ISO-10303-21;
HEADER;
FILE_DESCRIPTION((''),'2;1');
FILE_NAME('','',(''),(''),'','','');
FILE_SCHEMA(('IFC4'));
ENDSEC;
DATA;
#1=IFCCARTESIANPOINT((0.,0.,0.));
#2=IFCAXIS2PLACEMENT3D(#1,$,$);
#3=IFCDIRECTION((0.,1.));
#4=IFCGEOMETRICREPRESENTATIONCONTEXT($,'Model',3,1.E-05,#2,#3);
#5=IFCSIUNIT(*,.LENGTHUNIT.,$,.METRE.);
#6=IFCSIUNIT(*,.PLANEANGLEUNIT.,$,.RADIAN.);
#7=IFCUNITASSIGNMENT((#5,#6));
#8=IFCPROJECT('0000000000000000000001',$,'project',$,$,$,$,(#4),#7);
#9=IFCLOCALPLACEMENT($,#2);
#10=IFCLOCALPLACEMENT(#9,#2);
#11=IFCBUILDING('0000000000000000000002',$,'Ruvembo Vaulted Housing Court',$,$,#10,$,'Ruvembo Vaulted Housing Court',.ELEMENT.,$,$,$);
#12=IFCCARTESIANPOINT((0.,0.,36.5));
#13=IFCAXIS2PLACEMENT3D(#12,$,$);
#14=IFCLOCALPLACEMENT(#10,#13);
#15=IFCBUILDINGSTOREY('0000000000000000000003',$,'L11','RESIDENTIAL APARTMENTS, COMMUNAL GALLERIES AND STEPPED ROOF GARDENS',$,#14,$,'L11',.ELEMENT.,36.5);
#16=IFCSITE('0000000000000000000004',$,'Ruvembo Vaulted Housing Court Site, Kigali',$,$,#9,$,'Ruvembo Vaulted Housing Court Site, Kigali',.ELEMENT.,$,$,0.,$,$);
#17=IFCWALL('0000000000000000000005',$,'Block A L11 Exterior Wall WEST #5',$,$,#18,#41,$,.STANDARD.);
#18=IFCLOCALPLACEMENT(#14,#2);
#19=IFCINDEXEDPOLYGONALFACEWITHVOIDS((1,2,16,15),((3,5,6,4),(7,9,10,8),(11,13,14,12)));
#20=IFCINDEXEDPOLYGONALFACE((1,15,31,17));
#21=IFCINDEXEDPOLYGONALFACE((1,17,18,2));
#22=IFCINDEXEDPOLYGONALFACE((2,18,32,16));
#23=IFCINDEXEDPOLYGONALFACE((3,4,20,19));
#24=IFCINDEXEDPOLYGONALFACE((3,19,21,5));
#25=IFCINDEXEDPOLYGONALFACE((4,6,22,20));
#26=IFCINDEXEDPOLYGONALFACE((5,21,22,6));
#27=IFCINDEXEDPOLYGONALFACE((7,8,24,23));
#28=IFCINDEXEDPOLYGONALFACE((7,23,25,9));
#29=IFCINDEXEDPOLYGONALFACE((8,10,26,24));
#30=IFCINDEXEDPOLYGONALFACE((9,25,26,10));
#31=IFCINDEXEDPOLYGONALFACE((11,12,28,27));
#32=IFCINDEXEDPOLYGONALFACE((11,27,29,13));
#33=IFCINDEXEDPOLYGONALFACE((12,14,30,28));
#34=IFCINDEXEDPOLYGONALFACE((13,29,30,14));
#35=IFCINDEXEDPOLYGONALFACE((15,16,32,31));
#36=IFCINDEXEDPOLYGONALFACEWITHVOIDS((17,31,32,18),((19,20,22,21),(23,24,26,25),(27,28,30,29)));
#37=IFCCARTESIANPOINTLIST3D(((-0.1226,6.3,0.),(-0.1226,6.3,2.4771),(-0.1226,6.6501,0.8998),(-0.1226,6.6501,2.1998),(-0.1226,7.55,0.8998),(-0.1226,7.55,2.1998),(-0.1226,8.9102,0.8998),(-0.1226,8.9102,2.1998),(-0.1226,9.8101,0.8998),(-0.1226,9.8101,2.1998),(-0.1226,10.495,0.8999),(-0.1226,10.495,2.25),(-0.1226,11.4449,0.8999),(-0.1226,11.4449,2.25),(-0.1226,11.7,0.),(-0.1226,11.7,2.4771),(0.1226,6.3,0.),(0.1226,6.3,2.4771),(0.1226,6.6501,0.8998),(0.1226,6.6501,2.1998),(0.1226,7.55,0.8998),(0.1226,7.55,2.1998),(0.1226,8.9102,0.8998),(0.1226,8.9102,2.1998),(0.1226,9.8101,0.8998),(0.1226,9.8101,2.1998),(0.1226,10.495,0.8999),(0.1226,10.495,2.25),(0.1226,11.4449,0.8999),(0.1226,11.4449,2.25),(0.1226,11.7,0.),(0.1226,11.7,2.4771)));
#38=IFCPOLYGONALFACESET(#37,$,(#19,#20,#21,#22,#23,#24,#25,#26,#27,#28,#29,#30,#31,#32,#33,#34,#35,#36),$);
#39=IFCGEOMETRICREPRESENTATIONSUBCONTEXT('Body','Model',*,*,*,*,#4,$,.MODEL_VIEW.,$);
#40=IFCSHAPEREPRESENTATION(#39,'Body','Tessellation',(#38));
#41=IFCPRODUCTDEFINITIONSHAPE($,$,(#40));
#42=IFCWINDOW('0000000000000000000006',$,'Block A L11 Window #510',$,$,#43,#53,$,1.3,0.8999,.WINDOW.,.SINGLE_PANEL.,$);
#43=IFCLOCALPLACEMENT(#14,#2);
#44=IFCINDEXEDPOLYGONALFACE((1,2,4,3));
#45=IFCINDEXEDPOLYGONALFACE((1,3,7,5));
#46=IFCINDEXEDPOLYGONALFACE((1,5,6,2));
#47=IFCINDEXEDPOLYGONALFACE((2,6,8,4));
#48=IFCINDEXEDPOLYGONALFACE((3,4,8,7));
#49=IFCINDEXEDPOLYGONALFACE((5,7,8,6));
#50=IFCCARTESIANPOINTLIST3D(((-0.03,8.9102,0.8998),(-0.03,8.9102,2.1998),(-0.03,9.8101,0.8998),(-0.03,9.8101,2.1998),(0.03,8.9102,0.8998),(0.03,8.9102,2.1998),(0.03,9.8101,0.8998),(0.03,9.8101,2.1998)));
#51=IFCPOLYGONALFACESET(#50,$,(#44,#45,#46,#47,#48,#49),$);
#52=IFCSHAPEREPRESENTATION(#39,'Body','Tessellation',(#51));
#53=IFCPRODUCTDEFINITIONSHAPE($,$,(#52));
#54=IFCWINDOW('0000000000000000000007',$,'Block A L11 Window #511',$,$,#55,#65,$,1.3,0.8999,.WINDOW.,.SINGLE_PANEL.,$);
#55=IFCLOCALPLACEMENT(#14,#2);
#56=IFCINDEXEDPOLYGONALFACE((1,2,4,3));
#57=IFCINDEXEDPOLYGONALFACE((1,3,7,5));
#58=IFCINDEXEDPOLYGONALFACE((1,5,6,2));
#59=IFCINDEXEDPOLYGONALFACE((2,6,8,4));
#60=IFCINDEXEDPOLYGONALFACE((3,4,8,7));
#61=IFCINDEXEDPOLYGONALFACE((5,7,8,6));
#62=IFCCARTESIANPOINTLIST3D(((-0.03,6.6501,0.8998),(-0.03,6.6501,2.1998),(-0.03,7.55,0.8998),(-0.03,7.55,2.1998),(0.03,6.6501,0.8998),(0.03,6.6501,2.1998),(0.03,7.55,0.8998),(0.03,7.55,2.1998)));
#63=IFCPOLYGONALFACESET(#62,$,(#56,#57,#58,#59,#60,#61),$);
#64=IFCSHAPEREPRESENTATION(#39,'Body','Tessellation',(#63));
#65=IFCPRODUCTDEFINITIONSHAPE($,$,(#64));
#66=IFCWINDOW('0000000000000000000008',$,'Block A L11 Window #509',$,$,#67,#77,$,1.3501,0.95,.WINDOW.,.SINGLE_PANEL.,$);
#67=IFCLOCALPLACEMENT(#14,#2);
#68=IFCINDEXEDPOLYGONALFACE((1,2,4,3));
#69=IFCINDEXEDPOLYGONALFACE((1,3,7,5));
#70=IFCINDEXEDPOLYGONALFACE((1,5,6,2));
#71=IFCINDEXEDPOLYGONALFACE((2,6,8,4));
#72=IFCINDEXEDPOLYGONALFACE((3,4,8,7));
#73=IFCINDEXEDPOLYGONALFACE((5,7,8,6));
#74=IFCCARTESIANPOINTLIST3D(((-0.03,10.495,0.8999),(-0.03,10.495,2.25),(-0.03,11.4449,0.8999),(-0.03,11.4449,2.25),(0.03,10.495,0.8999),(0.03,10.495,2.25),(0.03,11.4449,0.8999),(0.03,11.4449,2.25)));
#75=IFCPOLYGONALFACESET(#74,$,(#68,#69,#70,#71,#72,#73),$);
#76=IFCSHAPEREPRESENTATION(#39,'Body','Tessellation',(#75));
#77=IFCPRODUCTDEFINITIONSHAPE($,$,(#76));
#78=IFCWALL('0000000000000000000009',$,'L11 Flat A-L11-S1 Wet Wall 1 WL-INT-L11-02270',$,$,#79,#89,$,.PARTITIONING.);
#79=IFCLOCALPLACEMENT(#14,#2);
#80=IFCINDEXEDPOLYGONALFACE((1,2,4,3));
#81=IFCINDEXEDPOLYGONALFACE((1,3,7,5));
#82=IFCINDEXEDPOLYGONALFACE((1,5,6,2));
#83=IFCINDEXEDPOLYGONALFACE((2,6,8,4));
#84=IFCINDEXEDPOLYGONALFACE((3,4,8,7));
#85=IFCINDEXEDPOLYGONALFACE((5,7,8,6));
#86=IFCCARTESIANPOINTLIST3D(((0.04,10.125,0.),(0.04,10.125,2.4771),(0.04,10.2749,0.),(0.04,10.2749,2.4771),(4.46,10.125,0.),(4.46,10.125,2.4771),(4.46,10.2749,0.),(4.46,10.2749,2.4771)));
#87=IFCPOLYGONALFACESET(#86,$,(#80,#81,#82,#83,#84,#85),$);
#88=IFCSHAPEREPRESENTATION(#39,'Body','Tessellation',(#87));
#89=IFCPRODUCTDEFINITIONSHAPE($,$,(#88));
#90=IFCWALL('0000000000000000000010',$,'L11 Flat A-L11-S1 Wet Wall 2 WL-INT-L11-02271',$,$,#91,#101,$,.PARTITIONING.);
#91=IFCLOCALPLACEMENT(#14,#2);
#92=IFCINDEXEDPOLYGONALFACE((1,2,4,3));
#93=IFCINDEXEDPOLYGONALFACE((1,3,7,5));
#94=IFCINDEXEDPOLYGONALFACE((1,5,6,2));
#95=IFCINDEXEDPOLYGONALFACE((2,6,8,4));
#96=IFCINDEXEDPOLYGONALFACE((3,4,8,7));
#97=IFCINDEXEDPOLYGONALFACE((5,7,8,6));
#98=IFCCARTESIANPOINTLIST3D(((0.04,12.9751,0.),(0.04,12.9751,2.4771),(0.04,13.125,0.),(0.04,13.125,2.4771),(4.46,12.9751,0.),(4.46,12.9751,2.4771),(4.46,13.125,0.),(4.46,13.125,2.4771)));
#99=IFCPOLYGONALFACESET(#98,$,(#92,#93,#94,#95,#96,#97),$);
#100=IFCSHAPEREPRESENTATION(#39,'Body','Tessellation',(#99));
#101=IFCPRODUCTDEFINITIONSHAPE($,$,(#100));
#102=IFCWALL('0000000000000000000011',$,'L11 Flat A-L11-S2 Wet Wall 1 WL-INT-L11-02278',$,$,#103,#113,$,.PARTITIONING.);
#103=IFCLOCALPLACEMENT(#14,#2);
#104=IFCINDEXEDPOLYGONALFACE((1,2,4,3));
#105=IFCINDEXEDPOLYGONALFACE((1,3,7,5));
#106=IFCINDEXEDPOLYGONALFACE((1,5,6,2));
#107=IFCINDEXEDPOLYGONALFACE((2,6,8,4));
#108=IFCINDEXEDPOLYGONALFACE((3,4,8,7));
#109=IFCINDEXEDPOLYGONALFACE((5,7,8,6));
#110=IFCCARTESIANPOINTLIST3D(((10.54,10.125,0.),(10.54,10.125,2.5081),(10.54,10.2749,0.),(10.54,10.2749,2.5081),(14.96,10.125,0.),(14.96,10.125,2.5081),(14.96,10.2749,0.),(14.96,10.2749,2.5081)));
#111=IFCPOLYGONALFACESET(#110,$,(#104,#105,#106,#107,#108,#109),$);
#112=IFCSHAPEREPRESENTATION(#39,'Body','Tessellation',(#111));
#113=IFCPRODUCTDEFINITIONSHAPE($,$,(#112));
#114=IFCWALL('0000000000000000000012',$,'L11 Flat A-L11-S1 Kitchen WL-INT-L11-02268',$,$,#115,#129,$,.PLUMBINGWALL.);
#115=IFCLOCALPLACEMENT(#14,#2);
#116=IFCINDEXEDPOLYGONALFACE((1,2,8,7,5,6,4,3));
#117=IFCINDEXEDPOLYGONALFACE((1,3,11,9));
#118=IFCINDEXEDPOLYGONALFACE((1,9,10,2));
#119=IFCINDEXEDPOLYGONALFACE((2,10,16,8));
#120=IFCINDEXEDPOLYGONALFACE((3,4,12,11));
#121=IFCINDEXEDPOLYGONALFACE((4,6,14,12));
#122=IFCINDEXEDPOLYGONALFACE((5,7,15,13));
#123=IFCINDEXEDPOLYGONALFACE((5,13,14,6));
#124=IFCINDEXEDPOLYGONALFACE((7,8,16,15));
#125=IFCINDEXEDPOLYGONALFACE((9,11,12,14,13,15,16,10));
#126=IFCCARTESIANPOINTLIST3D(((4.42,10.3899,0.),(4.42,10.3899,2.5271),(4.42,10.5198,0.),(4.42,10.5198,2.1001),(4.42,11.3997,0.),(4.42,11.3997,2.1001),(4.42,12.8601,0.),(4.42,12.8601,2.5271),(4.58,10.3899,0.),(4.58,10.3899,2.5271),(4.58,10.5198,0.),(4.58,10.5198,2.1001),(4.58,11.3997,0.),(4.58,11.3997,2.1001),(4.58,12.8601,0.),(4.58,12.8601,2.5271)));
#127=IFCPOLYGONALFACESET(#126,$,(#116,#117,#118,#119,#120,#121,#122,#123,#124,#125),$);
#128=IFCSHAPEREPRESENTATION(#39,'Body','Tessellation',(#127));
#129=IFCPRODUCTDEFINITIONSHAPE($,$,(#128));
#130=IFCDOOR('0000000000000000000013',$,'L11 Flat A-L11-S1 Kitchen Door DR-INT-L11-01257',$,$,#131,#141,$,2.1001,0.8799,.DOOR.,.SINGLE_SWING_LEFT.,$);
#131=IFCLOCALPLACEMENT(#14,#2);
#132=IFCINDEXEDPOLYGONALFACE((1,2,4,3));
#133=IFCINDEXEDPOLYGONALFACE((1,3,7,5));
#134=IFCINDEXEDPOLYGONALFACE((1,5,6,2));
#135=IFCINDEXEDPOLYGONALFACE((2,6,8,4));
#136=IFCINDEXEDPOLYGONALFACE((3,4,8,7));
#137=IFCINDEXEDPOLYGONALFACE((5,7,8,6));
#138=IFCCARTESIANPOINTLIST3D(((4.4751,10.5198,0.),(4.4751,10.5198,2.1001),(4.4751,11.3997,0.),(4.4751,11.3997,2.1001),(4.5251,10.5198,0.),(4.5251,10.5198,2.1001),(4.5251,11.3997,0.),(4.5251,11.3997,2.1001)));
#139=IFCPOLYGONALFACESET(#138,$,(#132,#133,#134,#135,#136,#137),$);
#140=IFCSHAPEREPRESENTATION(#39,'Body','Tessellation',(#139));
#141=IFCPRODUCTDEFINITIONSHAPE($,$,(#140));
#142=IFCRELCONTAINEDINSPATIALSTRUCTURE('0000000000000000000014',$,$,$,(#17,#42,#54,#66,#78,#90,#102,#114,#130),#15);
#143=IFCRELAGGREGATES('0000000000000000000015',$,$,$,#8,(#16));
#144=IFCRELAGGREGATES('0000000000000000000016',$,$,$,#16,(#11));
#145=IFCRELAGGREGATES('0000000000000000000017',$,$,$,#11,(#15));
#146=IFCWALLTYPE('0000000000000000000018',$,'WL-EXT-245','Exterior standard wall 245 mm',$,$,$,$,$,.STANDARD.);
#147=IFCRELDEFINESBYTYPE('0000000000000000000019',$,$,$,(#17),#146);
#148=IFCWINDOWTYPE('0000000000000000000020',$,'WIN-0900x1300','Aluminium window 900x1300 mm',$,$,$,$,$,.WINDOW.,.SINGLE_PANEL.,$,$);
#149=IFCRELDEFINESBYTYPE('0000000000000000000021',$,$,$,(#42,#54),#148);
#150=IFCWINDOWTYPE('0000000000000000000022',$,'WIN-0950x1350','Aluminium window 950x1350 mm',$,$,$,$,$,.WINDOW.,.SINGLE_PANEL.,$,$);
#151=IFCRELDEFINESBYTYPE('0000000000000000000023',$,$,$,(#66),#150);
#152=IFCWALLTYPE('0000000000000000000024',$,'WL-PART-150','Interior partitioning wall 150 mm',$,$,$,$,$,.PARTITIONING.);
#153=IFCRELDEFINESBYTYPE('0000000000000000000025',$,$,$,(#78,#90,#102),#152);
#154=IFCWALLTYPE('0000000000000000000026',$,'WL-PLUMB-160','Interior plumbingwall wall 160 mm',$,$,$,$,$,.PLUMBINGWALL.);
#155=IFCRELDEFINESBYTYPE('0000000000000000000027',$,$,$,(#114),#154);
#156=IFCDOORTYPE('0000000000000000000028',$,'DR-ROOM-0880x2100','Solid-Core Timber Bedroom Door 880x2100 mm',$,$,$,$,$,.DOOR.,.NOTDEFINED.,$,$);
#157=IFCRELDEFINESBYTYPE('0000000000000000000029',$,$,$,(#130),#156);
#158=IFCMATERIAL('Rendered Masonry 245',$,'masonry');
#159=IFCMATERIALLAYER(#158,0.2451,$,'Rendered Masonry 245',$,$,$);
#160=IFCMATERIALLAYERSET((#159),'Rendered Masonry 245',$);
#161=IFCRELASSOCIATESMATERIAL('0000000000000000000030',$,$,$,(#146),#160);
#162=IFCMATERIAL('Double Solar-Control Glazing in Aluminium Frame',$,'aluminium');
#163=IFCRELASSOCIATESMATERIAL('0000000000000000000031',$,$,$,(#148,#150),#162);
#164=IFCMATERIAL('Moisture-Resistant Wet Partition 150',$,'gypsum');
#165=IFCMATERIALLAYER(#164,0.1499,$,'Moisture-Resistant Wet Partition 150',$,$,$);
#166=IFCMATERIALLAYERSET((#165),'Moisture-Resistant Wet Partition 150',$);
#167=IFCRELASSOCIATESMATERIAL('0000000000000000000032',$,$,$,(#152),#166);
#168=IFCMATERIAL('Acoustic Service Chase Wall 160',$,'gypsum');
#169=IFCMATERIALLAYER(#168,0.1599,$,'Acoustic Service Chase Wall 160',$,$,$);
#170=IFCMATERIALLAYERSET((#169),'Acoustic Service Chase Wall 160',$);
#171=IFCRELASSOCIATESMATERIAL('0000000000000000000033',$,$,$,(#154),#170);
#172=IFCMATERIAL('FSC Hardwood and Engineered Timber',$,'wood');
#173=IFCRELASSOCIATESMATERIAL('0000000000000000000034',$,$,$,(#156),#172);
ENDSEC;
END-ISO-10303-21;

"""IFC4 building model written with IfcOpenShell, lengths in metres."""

from ifc_helpers import new_model, si_unit, direction, frame, frame_2d, origin, place, context, subcontext, project, spatial, rectangle, extrude, material, layer, layer_set, type_object, element, fill, save


model = new_model("IFC4")

# Units and contexts
model_context = context("Model", 3, precision=1e-05, world=origin(), true_north=direction((0.0, 1.0)))
body_context = subcontext(model_context, "Body", "Model", "MODEL_VIEW")
ifc_project = project(units=[si_unit("LENGTHUNIT", "METRE"), si_unit("PLANEANGLEUNIT", "RADIAN")], contexts=[model_context])

# Site, building, storey
site_placement = place(None, origin())
site = spatial("IfcSite", under=ifc_project, at=site_placement, Name="Ruvembo Vaulted Housing Court Site, Kigali", LongName="Ruvembo Vaulted Housing Court Site, Kigali", CompositionType="ELEMENT", RefElevation=0.0)
building_placement = place(site_placement, origin())
building = spatial("IfcBuilding", under=site, at=building_placement, Name="Ruvembo Vaulted Housing Court", LongName="Ruvembo Vaulted Housing Court", CompositionType="ELEMENT")
storey_placement = place(building_placement, frame((0.0, 0.0, 36.5)))
storey = spatial("IfcBuildingStorey", under=building, at=storey_placement, Name="L11", Description="RESIDENTIAL APARTMENTS, COMMUNAL GALLERIES AND STEPPED ROOF GARDENS", LongName="L11", CompositionType="ELEMENT", Elevation=36.5)

# Wall, openings, windows
ifc_material_1 = material(Name="Rendered Masonry 245", Category="masonry")
ifc_layer_1 = layer(ifc_material_1, 0.2451, Name="Rendered Masonry 245")
ifc_layer_set_1 = layer_set([ifc_layer_1], Name="Rendered Masonry 245")
wall_type_1 = type_object("IfcWallType", Name="WL-EXT-245", Description="Exterior standard wall 245 mm", PredefinedType="STANDARD", material=ifc_layer_set_1)
wall_1_placement = place(storey_placement, frame((0.0, 11.7, 0.0), z_axis=(0.0, 0.0, 1.0), x_axis=(0.0, -1.0, 0.0)))
wall_1 = element("IfcWall", 1, at=wall_1_placement, inside=storey, type_object=wall_type_1, Name="Block A L11 Exterior Wall WEST #5", PredefinedType="STANDARD", context=body_context, shape_type="SweptSolid", body=[
    extrude(rectangle(XDim=5.3999, YDim=0.2451, at=frame_2d((2.7, 0.0))), origin(), (0.0, 0.0, 1.0), 2.4771),
])
opening_1_placement = place(wall_1_placement, frame((0.2549, 0.0, 0.8999)))
opening_1 = element("IfcOpeningElement", 2, at=opening_1_placement, cuts=wall_1, PredefinedType="OPENING", context=body_context, shape_type="SweptSolid", body=[
    extrude(rectangle(XDim=0.95, YDim=1.3501, at=frame_2d((0.4751, 0.675))), frame((0.0, 0.1326, 0.0), z_axis=(0.0, -1.0, 0.0), x_axis=(1.0, 0.0, 0.0)), (0.0, 0.0, 1.0), 0.2651),
])
opening_2_placement = place(wall_1_placement, frame((1.8899, 0.0, 0.8999)))
opening_2 = element("IfcOpeningElement", 3, at=opening_2_placement, cuts=wall_1, PredefinedType="OPENING", context=body_context, shape_type="SweptSolid", body=[
    extrude(rectangle(XDim=0.8999, YDim=1.3, at=frame_2d((0.45, 0.6499))), frame((0.0, 0.1326, 0.0), z_axis=(0.0, -1.0, 0.0), x_axis=(1.0, 0.0, 0.0)), (0.0, 0.0, 1.0), 0.2651),
])
opening_3_placement = place(wall_1_placement, frame((4.1499, 0.0, 0.8999)))
opening_3 = element("IfcOpeningElement", 4, at=opening_3_placement, cuts=wall_1, PredefinedType="OPENING", context=body_context, shape_type="SweptSolid", body=[
    extrude(rectangle(XDim=0.8999, YDim=1.3, at=frame_2d((0.45, 0.6499))), frame((0.0, 0.1326, 0.0), z_axis=(0.0, -1.0, 0.0), x_axis=(1.0, 0.0, 0.0)), (0.0, 0.0, 1.0), 0.2651),
])
ifc_material_2 = material(Name="Double Solar-Control Glazing in Aluminium Frame", Category="aluminium")
window_type_1 = type_object("IfcWindowType", Name="WIN-0900x1300", Description="Aluminium window 900x1300 mm", PartitioningType="SINGLE_PANEL", PredefinedType="WINDOW", material=ifc_material_2)
window_1_placement = place(opening_2_placement, origin())
window_1 = element("IfcWindow", 5, at=window_1_placement, inside=storey, type_object=window_type_1, Name="Block A L11 Window #510", OverallHeight=1.3, OverallWidth=0.8999, PartitioningType="SINGLE_PANEL", PredefinedType="WINDOW", context=body_context, shape_type="SweptSolid", body=[
    extrude(rectangle(XDim=0.8999, YDim=1.3, at=frame_2d((0.45, 0.6499))), frame((0.0, 0.03, 0.0), z_axis=(0.0, -1.0, 0.0), x_axis=(1.0, 0.0, 0.0)), (0.0, 0.0, 1.0), 0.0601),
])
fill(opening_2, window_1)
window_2_placement = place(opening_3_placement, origin())
window_2 = element("IfcWindow", 6, at=window_2_placement, inside=storey, type_object=window_type_1, Name="Block A L11 Window #511", OverallHeight=1.3, OverallWidth=0.8999, PartitioningType="SINGLE_PANEL", PredefinedType="WINDOW", context=body_context, shape_type="SweptSolid", body=[
    extrude(rectangle(XDim=0.8999, YDim=1.3, at=frame_2d((0.45, 0.6499))), frame((0.0, 0.03, 0.0), z_axis=(0.0, -1.0, 0.0), x_axis=(1.0, 0.0, 0.0)), (0.0, 0.0, 1.0), 0.0601),
])
fill(opening_3, window_2)
window_type_2 = type_object("IfcWindowType", Name="WIN-0950x1350", Description="Aluminium window 950x1350 mm", PartitioningType="SINGLE_PANEL", PredefinedType="WINDOW", material=ifc_material_2)
window_3_placement = place(opening_1_placement, origin())
window_3 = element("IfcWindow", 7, at=window_3_placement, inside=storey, type_object=window_type_2, Name="Block A L11 Window #509", OverallHeight=1.3501, OverallWidth=0.95, PartitioningType="SINGLE_PANEL", PredefinedType="WINDOW", context=body_context, shape_type="SweptSolid", body=[
    extrude(rectangle(XDim=0.95, YDim=1.3501, at=frame_2d((0.4751, 0.675))), frame((0.0, 0.03, 0.0), z_axis=(0.0, -1.0, 0.0), x_axis=(1.0, 0.0, 0.0)), (0.0, 0.0, 1.0), 0.0601),
])
fill(opening_1, window_3)

# Walls
ifc_material_3 = material(Name="Moisture-Resistant Wet Partition 150", Category="gypsum")
ifc_layer_2 = layer(ifc_material_3, 0.1499, Name="Moisture-Resistant Wet Partition 150")
ifc_layer_set_2 = layer_set([ifc_layer_2], Name="Moisture-Resistant Wet Partition 150")
wall_type_2 = type_object("IfcWallType", Name="WL-PART-150", Description="Interior partitioning wall 150 mm", PredefinedType="PARTITIONING", material=ifc_layer_set_2)
for number, where, z_axis, x_axis, name in (
    (8, (0.04, 10.2, 0.0), (0.0, 0.0, 1.0), (1.0, 0.0, 0.0), "L11 Flat A-L11-S1 Wet Wall 1 WL-INT-L11-02270"),
    (9, (0.04, 13.05, 0.0), (0.0, 0.0, 1.0), (1.0, 0.0, 0.0), "L11 Flat A-L11-S1 Wet Wall 2 WL-INT-L11-02271"),
):
    element("IfcWall", number, at=place(storey_placement, frame(where, z_axis=z_axis, x_axis=x_axis)), inside=storey, type_object=wall_type_2, Name=name, PredefinedType="PARTITIONING", context=body_context, shape_type="SweptSolid", body=[
        extrude(rectangle(XDim=4.4199, YDim=0.1499, at=frame_2d((2.21, 0.0))), origin(), (0.0, 0.0, 1.0), 2.4771),
    ])
wall_2_placement = place(storey_placement, frame((10.54, 10.2, 0.0), z_axis=(0.0, 0.0, 1.0), x_axis=(1.0, 0.0, 0.0)))
element("IfcWall", 10, at=wall_2_placement, inside=storey, type_object=wall_type_2, Name="L11 Flat A-L11-S2 Wet Wall 1 WL-INT-L11-02278", PredefinedType="PARTITIONING", context=body_context, shape_type="SweptSolid", body=[
    extrude(rectangle(XDim=4.4199, YDim=0.1499, at=frame_2d((2.21, 0.0))), origin(), (0.0, 0.0, 1.0), 2.5081),
])

# Wall, opening, door
ifc_material_4 = material(Name="Acoustic Service Chase Wall 160", Category="gypsum")
ifc_layer_3 = layer(ifc_material_4, 0.1599, Name="Acoustic Service Chase Wall 160")
ifc_layer_set_3 = layer_set([ifc_layer_3], Name="Acoustic Service Chase Wall 160")
wall_type_3 = type_object("IfcWallType", Name="WL-PLUMB-160", Description="Interior plumbingwall wall 160 mm", PredefinedType="PLUMBINGWALL", material=ifc_layer_set_3)
wall_3_placement = place(storey_placement, frame((4.5, 10.3899, 0.0), z_axis=(0.0, 0.0, 1.0), x_axis=(0.0, 1.0, 0.0)))
wall_3 = element("IfcWall", 11, at=wall_3_placement, inside=storey, type_object=wall_type_3, Name="L11 Flat A-L11-S1 Kitchen WL-INT-L11-02268", PredefinedType="PLUMBINGWALL", context=body_context, shape_type="SweptSolid", body=[
    extrude(rectangle(XDim=2.4702, YDim=0.1599, at=frame_2d((1.2351, 0.0))), origin(), (0.0, 0.0, 1.0), 2.5271),
])
opening_4_placement = place(wall_3_placement, frame((0.1299, 0.0, 0.0)))
opening_4 = element("IfcOpeningElement", 12, at=opening_4_placement, cuts=wall_3, PredefinedType="OPENING", context=body_context, shape_type="SweptSolid", body=[
    extrude(rectangle(XDim=0.8799, YDim=2.1001, at=frame_2d((0.4399, 1.05))), frame((0.0, 0.0898, 0.0), z_axis=(0.0, -1.0, 0.0), x_axis=(1.0, 0.0, 0.0)), (0.0, 0.0, 1.0), 0.1799),
])
ifc_material_5 = material(Name="FSC Hardwood and Engineered Timber", Category="wood")
door_type = type_object("IfcDoorType", Name="DR-ROOM-0880x2100", Description="Solid-Core Timber Bedroom Door 880x2100 mm", OperationType="NOTDEFINED", PredefinedType="DOOR", material=ifc_material_5)
door_placement = place(opening_4_placement, origin())
door = element("IfcDoor", 13, at=door_placement, inside=storey, type_object=door_type, Name="L11 Flat A-L11-S1 Kitchen Door DR-INT-L11-01257", OperationType="SINGLE_SWING_LEFT", OverallHeight=2.1001, OverallWidth=0.8799, PredefinedType="DOOR", context=body_context, shape_type="SweptSolid", body=[
    extrude(rectangle(XDim=0.8799, YDim=2.1001, at=frame_2d((0.4399, 1.05))), frame((0.0, 0.0249, 0.0), z_axis=(0.0, -1.0, 0.0), x_axis=(1.0, 0.0, 0.0)), (0.0, 0.0, 1.0), 0.05),
])
fill(opening_4, door)

save(model, "model.ifc")
